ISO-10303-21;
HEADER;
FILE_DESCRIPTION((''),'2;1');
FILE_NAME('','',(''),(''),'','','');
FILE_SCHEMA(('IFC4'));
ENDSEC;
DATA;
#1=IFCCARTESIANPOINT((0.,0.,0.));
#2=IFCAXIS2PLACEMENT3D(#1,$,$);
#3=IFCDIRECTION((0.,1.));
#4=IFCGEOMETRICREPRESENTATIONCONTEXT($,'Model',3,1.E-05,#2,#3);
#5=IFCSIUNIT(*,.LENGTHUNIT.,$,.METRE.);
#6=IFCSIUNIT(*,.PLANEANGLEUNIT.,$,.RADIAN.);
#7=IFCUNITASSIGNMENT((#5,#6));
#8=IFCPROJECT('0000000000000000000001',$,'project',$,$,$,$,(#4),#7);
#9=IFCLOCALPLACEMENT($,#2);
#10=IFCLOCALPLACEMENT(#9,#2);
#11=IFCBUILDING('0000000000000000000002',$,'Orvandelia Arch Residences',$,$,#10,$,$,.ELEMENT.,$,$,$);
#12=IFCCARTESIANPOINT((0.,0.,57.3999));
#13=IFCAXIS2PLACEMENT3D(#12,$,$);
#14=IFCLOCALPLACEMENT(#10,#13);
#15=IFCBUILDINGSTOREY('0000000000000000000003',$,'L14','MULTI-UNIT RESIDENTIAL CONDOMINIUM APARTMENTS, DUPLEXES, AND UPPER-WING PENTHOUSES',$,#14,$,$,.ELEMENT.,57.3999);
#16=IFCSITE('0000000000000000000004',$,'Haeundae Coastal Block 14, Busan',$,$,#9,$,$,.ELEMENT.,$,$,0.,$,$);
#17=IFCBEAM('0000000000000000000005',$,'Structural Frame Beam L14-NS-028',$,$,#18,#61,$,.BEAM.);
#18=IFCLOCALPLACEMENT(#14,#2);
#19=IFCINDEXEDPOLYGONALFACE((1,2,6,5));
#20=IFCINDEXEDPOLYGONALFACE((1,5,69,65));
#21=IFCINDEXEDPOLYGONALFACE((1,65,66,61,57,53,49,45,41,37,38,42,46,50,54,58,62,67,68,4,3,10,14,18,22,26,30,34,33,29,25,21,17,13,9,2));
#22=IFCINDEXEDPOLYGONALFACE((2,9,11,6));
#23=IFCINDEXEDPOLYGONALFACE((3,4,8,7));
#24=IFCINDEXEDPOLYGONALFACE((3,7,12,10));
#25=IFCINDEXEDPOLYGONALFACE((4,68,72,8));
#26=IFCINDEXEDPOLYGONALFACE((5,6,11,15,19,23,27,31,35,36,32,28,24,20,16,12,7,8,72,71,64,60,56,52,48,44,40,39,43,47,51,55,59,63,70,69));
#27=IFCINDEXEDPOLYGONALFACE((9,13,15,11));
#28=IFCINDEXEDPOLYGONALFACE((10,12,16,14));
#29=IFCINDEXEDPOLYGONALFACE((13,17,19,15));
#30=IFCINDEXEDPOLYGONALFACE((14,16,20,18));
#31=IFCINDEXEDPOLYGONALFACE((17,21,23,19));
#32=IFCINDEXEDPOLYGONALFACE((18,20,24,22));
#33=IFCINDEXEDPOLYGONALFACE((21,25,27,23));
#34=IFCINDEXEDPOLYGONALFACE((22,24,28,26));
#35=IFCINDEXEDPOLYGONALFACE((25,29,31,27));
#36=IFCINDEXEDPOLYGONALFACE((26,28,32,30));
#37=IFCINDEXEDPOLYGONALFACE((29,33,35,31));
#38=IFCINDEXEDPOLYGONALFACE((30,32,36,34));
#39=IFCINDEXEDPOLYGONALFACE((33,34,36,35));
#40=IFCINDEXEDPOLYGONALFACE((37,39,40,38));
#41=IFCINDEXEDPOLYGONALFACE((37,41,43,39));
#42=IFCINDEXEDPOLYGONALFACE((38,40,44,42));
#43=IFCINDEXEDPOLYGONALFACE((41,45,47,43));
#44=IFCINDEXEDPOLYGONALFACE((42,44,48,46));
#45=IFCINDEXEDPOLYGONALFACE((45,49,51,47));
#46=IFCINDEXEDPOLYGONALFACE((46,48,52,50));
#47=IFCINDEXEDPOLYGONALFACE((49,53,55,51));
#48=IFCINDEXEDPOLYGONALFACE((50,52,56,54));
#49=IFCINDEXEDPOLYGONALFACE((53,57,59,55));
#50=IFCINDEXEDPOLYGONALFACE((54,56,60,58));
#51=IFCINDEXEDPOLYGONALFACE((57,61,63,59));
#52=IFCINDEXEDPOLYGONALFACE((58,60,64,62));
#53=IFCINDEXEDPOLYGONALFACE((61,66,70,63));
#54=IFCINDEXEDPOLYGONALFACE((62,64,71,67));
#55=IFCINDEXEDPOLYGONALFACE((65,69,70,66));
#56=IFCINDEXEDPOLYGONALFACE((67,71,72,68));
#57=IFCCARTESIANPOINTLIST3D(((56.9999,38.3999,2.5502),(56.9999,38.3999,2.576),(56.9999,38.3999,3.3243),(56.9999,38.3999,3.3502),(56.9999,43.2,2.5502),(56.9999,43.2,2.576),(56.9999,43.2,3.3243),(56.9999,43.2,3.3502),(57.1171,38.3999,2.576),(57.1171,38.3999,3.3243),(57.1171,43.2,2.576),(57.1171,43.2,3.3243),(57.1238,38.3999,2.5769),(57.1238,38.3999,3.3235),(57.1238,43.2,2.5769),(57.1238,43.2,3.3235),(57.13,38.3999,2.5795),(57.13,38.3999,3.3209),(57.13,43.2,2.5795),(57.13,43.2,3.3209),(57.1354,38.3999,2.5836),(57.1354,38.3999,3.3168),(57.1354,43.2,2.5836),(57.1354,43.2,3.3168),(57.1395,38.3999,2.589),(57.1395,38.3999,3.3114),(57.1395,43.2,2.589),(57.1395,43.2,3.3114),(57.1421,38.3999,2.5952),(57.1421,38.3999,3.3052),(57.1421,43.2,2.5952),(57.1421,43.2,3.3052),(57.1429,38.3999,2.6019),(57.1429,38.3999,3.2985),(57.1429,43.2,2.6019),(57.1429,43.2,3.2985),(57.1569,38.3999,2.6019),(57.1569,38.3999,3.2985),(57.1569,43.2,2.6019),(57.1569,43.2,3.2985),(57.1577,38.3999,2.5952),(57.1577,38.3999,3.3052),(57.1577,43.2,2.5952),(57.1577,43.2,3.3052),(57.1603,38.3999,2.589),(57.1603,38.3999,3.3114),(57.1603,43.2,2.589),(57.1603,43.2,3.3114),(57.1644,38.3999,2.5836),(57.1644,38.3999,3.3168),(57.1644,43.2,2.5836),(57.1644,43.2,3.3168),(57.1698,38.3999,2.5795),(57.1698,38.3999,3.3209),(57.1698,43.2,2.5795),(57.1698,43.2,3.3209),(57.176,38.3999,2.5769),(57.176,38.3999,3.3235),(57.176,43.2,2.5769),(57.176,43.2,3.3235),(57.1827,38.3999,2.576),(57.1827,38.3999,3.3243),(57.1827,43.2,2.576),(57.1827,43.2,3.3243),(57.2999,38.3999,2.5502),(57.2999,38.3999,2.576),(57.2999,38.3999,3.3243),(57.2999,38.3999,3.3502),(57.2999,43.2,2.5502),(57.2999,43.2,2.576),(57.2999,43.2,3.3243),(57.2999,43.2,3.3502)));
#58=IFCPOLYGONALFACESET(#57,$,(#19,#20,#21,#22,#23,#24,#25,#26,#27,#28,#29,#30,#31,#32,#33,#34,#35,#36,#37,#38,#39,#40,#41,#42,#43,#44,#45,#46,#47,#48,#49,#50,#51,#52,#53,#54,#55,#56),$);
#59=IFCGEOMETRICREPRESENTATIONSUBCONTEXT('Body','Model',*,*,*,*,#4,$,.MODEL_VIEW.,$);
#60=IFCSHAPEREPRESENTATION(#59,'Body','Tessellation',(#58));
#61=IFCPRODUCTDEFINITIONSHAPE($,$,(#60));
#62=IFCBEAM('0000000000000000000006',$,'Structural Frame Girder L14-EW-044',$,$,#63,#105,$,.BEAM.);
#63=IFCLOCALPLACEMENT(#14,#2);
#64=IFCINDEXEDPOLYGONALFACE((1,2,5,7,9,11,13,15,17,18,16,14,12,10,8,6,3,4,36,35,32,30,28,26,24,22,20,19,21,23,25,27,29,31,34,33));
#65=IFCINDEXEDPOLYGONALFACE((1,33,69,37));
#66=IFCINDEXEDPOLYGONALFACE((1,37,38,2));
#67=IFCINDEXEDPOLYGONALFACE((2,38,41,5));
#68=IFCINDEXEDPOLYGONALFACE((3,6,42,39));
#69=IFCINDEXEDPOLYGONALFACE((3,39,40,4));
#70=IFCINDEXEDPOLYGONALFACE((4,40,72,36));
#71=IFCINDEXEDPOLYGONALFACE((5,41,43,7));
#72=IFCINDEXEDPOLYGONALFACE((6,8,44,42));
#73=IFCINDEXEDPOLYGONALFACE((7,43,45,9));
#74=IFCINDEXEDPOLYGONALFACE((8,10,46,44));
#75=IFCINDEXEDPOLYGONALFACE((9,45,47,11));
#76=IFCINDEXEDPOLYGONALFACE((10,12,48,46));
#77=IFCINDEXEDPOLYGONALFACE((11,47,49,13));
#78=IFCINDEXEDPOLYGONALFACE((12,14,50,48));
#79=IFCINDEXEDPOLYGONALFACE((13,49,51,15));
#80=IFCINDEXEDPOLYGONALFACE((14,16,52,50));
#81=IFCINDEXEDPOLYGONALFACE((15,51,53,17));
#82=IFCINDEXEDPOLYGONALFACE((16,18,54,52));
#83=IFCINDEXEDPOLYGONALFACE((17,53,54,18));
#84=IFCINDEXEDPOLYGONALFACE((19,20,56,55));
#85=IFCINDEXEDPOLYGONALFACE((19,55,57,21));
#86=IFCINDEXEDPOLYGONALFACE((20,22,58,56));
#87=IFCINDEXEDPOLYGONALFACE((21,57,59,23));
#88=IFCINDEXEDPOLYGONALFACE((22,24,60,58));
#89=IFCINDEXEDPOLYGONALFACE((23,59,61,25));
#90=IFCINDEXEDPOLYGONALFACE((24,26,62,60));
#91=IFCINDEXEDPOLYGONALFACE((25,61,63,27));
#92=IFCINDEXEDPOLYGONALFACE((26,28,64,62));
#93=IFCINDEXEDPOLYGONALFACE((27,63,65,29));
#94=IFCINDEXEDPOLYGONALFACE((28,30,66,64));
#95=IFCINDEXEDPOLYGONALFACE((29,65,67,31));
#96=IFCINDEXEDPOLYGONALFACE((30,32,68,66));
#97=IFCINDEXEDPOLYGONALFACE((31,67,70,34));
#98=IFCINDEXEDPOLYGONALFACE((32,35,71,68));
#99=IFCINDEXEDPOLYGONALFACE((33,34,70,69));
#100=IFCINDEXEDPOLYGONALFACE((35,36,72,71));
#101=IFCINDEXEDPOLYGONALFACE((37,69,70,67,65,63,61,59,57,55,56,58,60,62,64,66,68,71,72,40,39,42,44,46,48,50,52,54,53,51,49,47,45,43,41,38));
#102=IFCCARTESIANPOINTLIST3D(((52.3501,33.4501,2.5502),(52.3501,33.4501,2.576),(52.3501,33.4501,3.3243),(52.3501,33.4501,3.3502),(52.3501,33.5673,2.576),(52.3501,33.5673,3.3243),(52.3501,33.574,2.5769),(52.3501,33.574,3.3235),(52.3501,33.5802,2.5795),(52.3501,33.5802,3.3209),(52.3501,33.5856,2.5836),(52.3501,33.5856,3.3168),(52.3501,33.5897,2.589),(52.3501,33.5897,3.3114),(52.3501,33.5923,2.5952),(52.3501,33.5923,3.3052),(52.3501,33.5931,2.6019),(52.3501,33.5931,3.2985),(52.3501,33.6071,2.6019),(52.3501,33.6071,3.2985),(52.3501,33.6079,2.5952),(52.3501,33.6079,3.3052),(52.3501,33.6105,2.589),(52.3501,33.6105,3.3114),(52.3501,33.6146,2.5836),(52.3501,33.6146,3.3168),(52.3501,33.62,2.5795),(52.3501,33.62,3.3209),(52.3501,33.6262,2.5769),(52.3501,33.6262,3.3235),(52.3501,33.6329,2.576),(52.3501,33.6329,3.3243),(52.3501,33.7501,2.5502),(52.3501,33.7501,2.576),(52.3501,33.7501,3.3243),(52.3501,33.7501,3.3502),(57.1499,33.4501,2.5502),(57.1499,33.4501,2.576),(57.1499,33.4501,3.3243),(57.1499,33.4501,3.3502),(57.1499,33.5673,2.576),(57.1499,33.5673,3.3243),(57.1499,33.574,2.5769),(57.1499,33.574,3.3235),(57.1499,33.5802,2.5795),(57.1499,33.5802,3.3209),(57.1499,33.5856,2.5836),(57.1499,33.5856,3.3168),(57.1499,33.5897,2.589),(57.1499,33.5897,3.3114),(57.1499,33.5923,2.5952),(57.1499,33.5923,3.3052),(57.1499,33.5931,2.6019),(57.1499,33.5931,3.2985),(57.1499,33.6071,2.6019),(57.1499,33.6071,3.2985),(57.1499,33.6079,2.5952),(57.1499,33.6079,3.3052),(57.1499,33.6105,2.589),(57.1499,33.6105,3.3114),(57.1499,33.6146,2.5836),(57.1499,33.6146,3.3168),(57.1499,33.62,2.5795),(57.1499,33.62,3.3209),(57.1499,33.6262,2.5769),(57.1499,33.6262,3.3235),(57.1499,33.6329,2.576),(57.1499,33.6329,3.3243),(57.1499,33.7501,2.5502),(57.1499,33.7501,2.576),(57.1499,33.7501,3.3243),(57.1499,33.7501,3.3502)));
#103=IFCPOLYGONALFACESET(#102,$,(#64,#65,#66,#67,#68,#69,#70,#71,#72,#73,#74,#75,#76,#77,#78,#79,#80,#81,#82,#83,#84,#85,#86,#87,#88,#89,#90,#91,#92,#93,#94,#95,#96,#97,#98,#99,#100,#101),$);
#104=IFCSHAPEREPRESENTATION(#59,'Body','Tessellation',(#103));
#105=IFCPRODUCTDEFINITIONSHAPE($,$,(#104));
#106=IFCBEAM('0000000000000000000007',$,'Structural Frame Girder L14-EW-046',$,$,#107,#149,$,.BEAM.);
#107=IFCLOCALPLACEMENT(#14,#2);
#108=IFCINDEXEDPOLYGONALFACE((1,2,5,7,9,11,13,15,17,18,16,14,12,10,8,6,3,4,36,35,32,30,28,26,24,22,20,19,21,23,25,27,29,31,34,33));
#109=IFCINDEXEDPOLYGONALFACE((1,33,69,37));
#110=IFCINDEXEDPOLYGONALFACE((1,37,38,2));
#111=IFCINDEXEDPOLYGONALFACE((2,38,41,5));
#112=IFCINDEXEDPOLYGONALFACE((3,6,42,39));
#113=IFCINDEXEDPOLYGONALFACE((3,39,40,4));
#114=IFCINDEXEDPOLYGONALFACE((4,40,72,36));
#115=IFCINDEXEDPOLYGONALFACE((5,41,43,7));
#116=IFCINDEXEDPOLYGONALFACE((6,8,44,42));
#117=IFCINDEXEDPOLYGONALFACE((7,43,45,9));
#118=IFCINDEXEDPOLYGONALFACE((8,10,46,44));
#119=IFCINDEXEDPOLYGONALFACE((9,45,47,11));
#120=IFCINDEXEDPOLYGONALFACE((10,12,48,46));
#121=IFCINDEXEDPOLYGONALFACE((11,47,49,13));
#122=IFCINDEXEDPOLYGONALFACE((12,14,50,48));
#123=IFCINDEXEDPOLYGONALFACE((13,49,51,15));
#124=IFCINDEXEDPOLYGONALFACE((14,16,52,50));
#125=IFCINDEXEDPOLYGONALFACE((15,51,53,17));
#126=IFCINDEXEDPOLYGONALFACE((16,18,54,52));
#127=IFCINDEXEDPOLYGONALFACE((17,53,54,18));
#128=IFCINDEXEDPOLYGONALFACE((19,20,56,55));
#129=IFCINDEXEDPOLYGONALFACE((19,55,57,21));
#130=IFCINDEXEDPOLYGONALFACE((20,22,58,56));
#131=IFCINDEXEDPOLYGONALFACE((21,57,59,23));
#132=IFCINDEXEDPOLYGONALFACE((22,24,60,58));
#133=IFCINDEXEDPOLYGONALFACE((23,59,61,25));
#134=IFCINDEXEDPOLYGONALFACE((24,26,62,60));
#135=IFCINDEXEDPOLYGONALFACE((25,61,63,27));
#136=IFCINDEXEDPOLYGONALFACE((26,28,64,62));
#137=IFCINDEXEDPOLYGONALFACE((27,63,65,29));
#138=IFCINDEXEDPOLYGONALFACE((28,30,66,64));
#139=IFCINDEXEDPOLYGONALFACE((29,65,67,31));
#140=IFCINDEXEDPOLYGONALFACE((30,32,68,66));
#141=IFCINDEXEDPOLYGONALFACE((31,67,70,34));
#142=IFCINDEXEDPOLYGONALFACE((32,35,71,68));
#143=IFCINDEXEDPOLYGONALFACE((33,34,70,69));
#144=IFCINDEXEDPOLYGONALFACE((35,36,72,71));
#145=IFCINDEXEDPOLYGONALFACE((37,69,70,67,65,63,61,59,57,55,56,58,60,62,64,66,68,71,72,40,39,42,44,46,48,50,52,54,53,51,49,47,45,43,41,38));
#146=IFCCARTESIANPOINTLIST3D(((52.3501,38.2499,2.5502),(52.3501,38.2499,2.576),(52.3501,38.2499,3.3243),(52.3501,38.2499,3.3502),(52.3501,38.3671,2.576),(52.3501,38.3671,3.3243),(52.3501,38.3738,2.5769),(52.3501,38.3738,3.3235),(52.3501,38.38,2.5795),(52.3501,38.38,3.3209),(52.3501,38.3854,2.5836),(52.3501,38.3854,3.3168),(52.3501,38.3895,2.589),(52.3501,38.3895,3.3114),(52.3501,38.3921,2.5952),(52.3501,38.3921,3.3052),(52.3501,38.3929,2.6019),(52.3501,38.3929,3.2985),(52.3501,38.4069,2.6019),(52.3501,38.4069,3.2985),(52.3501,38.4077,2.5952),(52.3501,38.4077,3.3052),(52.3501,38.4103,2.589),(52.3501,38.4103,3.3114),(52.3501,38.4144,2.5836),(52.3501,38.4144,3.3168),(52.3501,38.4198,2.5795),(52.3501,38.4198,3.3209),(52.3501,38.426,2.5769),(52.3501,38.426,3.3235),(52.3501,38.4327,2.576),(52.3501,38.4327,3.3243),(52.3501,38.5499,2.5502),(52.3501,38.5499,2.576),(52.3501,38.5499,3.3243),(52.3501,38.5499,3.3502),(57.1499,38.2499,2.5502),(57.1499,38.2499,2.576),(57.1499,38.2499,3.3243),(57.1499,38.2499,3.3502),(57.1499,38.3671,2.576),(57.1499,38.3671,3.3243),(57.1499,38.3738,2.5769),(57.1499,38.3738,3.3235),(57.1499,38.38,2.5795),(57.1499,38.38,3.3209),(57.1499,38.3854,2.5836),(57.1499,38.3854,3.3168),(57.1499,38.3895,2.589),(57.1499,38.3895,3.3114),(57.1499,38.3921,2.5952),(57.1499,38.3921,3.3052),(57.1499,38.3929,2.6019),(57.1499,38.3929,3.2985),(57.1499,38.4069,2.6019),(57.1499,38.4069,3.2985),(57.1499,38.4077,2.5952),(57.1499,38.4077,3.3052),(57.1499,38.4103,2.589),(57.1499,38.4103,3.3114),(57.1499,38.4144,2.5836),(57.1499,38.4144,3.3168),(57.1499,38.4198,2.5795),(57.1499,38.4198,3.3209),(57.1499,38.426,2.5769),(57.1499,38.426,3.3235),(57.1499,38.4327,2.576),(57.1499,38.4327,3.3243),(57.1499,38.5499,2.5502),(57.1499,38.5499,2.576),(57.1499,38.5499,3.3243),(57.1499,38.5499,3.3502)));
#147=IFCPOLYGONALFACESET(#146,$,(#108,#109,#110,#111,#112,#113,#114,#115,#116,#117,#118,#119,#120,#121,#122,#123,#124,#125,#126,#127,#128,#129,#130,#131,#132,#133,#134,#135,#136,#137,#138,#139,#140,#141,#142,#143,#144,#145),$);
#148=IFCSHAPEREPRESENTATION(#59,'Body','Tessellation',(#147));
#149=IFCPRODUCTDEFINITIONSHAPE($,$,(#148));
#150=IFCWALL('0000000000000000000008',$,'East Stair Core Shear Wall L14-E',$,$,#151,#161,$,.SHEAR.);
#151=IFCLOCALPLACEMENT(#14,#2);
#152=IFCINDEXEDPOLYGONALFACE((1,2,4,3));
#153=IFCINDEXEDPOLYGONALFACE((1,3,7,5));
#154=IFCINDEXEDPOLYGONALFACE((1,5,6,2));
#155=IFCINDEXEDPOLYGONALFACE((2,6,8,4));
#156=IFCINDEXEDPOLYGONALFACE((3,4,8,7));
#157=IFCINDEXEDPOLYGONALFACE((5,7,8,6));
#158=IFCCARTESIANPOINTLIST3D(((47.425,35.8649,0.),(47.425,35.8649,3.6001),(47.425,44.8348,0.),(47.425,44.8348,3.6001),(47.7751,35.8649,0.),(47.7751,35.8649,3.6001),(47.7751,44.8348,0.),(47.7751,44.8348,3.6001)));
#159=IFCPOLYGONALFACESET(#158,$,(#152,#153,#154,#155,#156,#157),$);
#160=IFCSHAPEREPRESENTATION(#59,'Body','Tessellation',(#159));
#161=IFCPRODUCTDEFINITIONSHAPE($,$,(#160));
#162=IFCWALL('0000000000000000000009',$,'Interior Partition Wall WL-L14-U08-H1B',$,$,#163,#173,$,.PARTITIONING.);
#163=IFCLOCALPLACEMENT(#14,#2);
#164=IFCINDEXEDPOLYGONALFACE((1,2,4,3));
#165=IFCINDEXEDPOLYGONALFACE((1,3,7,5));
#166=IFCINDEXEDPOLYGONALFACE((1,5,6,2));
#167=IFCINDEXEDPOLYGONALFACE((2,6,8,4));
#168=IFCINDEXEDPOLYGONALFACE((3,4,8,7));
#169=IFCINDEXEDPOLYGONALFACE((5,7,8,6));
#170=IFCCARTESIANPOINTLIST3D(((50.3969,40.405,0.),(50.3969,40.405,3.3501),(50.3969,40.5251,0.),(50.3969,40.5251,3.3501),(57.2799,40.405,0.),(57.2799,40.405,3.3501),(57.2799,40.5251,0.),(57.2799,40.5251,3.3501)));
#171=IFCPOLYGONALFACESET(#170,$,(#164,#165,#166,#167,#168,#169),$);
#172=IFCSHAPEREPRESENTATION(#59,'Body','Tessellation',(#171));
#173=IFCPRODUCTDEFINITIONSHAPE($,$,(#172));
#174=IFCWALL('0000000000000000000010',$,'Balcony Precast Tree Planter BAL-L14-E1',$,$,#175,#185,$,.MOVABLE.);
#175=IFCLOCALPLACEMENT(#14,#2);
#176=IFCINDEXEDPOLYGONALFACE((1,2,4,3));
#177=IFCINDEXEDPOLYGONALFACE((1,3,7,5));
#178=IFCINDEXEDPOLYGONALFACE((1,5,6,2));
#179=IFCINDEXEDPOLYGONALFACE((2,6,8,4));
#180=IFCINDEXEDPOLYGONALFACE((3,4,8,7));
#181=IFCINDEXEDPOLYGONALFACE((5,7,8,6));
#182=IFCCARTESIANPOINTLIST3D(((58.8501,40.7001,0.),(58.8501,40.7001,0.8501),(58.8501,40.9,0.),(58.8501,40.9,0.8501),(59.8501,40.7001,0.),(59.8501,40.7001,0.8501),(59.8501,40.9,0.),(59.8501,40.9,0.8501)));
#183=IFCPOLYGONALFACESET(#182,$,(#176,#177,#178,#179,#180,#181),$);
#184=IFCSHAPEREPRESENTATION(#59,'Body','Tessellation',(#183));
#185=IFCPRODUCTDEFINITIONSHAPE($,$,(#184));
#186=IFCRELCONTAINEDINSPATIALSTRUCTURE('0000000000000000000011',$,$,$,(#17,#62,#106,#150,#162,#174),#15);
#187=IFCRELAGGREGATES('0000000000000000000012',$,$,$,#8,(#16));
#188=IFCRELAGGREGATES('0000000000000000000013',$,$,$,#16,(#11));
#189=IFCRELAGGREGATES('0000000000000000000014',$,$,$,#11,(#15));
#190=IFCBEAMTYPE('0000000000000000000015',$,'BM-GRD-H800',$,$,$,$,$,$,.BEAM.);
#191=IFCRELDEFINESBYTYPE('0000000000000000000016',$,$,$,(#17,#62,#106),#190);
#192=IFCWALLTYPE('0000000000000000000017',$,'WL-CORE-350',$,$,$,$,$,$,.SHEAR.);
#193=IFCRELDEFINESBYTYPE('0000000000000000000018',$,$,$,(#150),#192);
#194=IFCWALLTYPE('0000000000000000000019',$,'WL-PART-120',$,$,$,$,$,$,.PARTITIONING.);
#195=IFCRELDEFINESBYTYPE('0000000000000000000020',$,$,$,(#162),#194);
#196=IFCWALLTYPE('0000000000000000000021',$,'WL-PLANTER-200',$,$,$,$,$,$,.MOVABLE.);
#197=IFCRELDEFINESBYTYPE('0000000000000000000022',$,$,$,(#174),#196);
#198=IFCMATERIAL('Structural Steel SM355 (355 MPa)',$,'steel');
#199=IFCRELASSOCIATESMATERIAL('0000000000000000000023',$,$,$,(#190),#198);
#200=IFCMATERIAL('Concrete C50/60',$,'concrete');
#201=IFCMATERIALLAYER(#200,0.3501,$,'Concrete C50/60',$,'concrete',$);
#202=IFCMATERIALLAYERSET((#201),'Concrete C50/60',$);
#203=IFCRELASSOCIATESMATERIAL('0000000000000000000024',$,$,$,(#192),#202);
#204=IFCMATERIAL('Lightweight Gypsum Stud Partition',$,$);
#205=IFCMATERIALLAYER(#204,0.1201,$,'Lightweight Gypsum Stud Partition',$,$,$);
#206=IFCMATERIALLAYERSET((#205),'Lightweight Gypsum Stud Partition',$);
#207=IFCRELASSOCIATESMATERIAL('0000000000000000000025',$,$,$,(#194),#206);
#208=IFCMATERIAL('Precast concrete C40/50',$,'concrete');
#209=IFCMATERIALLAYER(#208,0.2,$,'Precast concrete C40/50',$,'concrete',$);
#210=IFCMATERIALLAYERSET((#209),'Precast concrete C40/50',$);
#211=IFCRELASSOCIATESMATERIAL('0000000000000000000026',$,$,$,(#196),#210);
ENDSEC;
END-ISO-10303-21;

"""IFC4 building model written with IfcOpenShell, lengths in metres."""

from ifc_helpers import new_model, si_unit, direction, frame, frame_2d, origin, origin_2d, place, context, subcontext, project, spatial, rectangle, i_section, extrude, material, layer, layer_set, material_profile, profile_set, type_object, element, save


model = new_model("IFC4")

# Units and contexts
model_context = context("Model", 3, precision=1e-05, world=origin(), true_north=direction((0.0, 1.0)))
body_context = subcontext(model_context, "Body", "Model", "MODEL_VIEW")
ifc_project = project(units=[si_unit("LENGTHUNIT", "METRE"), si_unit("PLANEANGLEUNIT", "RADIAN")], contexts=[model_context])

# Site, building, storey
site_placement = place(None, origin())
site = spatial("IfcSite", under=ifc_project, at=site_placement, Name="Haeundae Coastal Block 14, Busan", CompositionType="ELEMENT", RefElevation=0.0)
building_placement = place(site_placement, origin())
building = spatial("IfcBuilding", under=site, at=building_placement, Name="Orvandelia Arch Residences", CompositionType="ELEMENT")
storey_placement = place(building_placement, frame((0.0, 0.0, 57.3999)))
storey = spatial("IfcBuildingStorey", under=building, at=storey_placement, Name="L14", Description="MULTI-UNIT RESIDENTIAL CONDOMINIUM APARTMENTS, DUPLEXES, AND UPPER-WING PENTHOUSES", CompositionType="ELEMENT", Elevation=57.3999)

# Beams
ifc_material_1 = material(Name="Structural Steel SM355 (355 MPa)", Category="steel")
ifc_material_profile_1 = material_profile(ifc_material_1, i_section(OverallWidth=0.3, OverallDepth=0.8, WebThickness=0.0139, FlangeThickness=0.0259, FilletRadius=0.0259, at=origin_2d()), Name="Structural Steel SM355 (355 MPa)", Category="steel")
ifc_profile_set_1 = profile_set([ifc_material_profile_1], Name="Structural Steel SM355 (355 MPa)")
beam_type = type_object("IfcBeamType", Name="BM-GRD-H800", PredefinedType="BEAM", material=ifc_profile_set_1)
beam_1_placement = place(storey_placement, frame((57.1499, 38.3999, 2.9502), z_axis=(0.0, 1.0, 0.0), x_axis=(-1.0, 0.0, 0.0)))
element("IfcBeam", 1, at=beam_1_placement, inside=storey, type_object=beam_type, Name="Structural Frame Beam L14-NS-028", PredefinedType="BEAM", context=body_context, shape_type="SweptSolid", body=[
    extrude(i_section(OverallWidth=0.3, OverallDepth=0.8, WebThickness=0.0139, FlangeThickness=0.0259, FilletRadius=0.0259, at=origin_2d()), origin(), (0.0, 0.0, 1.0), 4.8),
])
for number, where, z_axis, x_axis, name in (
    (2, (52.3501, 33.6001, 2.9502), (1.0, 0.0, 0.0), (0.0, 1.0, 0.0), "Structural Frame Girder L14-EW-044"),
    (3, (52.3501, 38.3999, 2.9502), (1.0, 0.0, 0.0), (0.0, 1.0, 0.0), "Structural Frame Girder L14-EW-046"),
):
    element("IfcBeam", number, at=place(storey_placement, frame(where, z_axis=z_axis, x_axis=x_axis)), inside=storey, type_object=beam_type, Name=name, PredefinedType="BEAM", context=body_context, shape_type="SweptSolid", body=[
        extrude(i_section(OverallWidth=0.3, OverallDepth=0.8, WebThickness=0.0139, FlangeThickness=0.0259, FilletRadius=0.0259, at=origin_2d()), origin(), (0.0, 0.0, 1.0), 4.7998),
    ])

# Wall
ifc_material_2 = material(Name="Concrete C50/60", Category="concrete")
ifc_layer_1 = layer(ifc_material_2, 0.3501, Name="Concrete C50/60", Category="concrete")
ifc_layer_set_1 = layer_set([ifc_layer_1], Name="Concrete C50/60")
wall_type_1 = type_object("IfcWallType", Name="WL-CORE-350", PredefinedType="SHEAR", material=ifc_layer_set_1)
wall_1_placement = place(storey_placement, frame((47.6001, 35.865, 0.0), z_axis=(0.0, 0.0, 1.0), x_axis=(0.0, 1.0, 0.0)))
element("IfcWall", 4, at=wall_1_placement, inside=storey, type_object=wall_type_1, Name="East Stair Core Shear Wall L14-E", PredefinedType="SHEAR", context=body_context, shape_type="SweptSolid", body=[
    extrude(rectangle(XDim=8.97, YDim=0.3501, at=frame_2d((4.4849, 0.0))), origin(), (0.0, 0.0, 1.0), 3.6001),
])

# Shared definitions
ifc_material_3 = material(Name="Lightweight Gypsum Stud Partition")
ifc_layer_2 = layer(ifc_material_3, 0.1201, Name="Lightweight Gypsum Stud Partition")
ifc_layer_set_2 = layer_set([ifc_layer_2], Name="Lightweight Gypsum Stud Partition")
wall_type_2 = type_object("IfcWallType", Name="WL-PART-120", PredefinedType="PARTITIONING", material=ifc_layer_set_2)

# Walls
wall_2_placement = place(storey_placement, frame((50.397, 40.4651, 0.0), z_axis=(0.0, 0.0, 1.0), x_axis=(1.0, 0.0, 0.0)))
element("IfcWall", 5, at=wall_2_placement, inside=storey, type_object=wall_type_2, Name="Interior Partition Wall WL-L14-U08-H1B", PredefinedType="PARTITIONING", context=body_context, shape_type="SweptSolid", body=[
    extrude(rectangle(XDim=6.8831, YDim=0.1201, at=frame_2d((3.4414, 0.0))), origin(), (0.0, 0.0, 1.0), 3.3501),
])
ifc_material_4 = material(Name="Precast concrete C40/50", Category="concrete")
ifc_layer_3 = layer(ifc_material_4, 0.2, Name="Precast concrete C40/50", Category="concrete")
ifc_layer_set_3 = layer_set([ifc_layer_3], Name="Precast concrete C40/50")
wall_type_3 = type_object("IfcWallType", Name="WL-PLANTER-200", PredefinedType="MOVABLE", material=ifc_layer_set_3)
wall_3_placement = place(storey_placement, frame((58.8501, 40.8, 0.0), z_axis=(0.0, 0.0, 1.0), x_axis=(1.0, 0.0, 0.0)))
element("IfcWall", 6, at=wall_3_placement, inside=storey, type_object=wall_type_3, Name="Balcony Precast Tree Planter BAL-L14-E1", PredefinedType="MOVABLE", context=body_context, shape_type="SweptSolid", body=[
    extrude(rectangle(XDim=1.0, YDim=0.2, at=frame_2d((0.5, 0.0))), origin(), (0.0, 0.0, 1.0), 0.8501),
])

save(model, "model.ifc")
